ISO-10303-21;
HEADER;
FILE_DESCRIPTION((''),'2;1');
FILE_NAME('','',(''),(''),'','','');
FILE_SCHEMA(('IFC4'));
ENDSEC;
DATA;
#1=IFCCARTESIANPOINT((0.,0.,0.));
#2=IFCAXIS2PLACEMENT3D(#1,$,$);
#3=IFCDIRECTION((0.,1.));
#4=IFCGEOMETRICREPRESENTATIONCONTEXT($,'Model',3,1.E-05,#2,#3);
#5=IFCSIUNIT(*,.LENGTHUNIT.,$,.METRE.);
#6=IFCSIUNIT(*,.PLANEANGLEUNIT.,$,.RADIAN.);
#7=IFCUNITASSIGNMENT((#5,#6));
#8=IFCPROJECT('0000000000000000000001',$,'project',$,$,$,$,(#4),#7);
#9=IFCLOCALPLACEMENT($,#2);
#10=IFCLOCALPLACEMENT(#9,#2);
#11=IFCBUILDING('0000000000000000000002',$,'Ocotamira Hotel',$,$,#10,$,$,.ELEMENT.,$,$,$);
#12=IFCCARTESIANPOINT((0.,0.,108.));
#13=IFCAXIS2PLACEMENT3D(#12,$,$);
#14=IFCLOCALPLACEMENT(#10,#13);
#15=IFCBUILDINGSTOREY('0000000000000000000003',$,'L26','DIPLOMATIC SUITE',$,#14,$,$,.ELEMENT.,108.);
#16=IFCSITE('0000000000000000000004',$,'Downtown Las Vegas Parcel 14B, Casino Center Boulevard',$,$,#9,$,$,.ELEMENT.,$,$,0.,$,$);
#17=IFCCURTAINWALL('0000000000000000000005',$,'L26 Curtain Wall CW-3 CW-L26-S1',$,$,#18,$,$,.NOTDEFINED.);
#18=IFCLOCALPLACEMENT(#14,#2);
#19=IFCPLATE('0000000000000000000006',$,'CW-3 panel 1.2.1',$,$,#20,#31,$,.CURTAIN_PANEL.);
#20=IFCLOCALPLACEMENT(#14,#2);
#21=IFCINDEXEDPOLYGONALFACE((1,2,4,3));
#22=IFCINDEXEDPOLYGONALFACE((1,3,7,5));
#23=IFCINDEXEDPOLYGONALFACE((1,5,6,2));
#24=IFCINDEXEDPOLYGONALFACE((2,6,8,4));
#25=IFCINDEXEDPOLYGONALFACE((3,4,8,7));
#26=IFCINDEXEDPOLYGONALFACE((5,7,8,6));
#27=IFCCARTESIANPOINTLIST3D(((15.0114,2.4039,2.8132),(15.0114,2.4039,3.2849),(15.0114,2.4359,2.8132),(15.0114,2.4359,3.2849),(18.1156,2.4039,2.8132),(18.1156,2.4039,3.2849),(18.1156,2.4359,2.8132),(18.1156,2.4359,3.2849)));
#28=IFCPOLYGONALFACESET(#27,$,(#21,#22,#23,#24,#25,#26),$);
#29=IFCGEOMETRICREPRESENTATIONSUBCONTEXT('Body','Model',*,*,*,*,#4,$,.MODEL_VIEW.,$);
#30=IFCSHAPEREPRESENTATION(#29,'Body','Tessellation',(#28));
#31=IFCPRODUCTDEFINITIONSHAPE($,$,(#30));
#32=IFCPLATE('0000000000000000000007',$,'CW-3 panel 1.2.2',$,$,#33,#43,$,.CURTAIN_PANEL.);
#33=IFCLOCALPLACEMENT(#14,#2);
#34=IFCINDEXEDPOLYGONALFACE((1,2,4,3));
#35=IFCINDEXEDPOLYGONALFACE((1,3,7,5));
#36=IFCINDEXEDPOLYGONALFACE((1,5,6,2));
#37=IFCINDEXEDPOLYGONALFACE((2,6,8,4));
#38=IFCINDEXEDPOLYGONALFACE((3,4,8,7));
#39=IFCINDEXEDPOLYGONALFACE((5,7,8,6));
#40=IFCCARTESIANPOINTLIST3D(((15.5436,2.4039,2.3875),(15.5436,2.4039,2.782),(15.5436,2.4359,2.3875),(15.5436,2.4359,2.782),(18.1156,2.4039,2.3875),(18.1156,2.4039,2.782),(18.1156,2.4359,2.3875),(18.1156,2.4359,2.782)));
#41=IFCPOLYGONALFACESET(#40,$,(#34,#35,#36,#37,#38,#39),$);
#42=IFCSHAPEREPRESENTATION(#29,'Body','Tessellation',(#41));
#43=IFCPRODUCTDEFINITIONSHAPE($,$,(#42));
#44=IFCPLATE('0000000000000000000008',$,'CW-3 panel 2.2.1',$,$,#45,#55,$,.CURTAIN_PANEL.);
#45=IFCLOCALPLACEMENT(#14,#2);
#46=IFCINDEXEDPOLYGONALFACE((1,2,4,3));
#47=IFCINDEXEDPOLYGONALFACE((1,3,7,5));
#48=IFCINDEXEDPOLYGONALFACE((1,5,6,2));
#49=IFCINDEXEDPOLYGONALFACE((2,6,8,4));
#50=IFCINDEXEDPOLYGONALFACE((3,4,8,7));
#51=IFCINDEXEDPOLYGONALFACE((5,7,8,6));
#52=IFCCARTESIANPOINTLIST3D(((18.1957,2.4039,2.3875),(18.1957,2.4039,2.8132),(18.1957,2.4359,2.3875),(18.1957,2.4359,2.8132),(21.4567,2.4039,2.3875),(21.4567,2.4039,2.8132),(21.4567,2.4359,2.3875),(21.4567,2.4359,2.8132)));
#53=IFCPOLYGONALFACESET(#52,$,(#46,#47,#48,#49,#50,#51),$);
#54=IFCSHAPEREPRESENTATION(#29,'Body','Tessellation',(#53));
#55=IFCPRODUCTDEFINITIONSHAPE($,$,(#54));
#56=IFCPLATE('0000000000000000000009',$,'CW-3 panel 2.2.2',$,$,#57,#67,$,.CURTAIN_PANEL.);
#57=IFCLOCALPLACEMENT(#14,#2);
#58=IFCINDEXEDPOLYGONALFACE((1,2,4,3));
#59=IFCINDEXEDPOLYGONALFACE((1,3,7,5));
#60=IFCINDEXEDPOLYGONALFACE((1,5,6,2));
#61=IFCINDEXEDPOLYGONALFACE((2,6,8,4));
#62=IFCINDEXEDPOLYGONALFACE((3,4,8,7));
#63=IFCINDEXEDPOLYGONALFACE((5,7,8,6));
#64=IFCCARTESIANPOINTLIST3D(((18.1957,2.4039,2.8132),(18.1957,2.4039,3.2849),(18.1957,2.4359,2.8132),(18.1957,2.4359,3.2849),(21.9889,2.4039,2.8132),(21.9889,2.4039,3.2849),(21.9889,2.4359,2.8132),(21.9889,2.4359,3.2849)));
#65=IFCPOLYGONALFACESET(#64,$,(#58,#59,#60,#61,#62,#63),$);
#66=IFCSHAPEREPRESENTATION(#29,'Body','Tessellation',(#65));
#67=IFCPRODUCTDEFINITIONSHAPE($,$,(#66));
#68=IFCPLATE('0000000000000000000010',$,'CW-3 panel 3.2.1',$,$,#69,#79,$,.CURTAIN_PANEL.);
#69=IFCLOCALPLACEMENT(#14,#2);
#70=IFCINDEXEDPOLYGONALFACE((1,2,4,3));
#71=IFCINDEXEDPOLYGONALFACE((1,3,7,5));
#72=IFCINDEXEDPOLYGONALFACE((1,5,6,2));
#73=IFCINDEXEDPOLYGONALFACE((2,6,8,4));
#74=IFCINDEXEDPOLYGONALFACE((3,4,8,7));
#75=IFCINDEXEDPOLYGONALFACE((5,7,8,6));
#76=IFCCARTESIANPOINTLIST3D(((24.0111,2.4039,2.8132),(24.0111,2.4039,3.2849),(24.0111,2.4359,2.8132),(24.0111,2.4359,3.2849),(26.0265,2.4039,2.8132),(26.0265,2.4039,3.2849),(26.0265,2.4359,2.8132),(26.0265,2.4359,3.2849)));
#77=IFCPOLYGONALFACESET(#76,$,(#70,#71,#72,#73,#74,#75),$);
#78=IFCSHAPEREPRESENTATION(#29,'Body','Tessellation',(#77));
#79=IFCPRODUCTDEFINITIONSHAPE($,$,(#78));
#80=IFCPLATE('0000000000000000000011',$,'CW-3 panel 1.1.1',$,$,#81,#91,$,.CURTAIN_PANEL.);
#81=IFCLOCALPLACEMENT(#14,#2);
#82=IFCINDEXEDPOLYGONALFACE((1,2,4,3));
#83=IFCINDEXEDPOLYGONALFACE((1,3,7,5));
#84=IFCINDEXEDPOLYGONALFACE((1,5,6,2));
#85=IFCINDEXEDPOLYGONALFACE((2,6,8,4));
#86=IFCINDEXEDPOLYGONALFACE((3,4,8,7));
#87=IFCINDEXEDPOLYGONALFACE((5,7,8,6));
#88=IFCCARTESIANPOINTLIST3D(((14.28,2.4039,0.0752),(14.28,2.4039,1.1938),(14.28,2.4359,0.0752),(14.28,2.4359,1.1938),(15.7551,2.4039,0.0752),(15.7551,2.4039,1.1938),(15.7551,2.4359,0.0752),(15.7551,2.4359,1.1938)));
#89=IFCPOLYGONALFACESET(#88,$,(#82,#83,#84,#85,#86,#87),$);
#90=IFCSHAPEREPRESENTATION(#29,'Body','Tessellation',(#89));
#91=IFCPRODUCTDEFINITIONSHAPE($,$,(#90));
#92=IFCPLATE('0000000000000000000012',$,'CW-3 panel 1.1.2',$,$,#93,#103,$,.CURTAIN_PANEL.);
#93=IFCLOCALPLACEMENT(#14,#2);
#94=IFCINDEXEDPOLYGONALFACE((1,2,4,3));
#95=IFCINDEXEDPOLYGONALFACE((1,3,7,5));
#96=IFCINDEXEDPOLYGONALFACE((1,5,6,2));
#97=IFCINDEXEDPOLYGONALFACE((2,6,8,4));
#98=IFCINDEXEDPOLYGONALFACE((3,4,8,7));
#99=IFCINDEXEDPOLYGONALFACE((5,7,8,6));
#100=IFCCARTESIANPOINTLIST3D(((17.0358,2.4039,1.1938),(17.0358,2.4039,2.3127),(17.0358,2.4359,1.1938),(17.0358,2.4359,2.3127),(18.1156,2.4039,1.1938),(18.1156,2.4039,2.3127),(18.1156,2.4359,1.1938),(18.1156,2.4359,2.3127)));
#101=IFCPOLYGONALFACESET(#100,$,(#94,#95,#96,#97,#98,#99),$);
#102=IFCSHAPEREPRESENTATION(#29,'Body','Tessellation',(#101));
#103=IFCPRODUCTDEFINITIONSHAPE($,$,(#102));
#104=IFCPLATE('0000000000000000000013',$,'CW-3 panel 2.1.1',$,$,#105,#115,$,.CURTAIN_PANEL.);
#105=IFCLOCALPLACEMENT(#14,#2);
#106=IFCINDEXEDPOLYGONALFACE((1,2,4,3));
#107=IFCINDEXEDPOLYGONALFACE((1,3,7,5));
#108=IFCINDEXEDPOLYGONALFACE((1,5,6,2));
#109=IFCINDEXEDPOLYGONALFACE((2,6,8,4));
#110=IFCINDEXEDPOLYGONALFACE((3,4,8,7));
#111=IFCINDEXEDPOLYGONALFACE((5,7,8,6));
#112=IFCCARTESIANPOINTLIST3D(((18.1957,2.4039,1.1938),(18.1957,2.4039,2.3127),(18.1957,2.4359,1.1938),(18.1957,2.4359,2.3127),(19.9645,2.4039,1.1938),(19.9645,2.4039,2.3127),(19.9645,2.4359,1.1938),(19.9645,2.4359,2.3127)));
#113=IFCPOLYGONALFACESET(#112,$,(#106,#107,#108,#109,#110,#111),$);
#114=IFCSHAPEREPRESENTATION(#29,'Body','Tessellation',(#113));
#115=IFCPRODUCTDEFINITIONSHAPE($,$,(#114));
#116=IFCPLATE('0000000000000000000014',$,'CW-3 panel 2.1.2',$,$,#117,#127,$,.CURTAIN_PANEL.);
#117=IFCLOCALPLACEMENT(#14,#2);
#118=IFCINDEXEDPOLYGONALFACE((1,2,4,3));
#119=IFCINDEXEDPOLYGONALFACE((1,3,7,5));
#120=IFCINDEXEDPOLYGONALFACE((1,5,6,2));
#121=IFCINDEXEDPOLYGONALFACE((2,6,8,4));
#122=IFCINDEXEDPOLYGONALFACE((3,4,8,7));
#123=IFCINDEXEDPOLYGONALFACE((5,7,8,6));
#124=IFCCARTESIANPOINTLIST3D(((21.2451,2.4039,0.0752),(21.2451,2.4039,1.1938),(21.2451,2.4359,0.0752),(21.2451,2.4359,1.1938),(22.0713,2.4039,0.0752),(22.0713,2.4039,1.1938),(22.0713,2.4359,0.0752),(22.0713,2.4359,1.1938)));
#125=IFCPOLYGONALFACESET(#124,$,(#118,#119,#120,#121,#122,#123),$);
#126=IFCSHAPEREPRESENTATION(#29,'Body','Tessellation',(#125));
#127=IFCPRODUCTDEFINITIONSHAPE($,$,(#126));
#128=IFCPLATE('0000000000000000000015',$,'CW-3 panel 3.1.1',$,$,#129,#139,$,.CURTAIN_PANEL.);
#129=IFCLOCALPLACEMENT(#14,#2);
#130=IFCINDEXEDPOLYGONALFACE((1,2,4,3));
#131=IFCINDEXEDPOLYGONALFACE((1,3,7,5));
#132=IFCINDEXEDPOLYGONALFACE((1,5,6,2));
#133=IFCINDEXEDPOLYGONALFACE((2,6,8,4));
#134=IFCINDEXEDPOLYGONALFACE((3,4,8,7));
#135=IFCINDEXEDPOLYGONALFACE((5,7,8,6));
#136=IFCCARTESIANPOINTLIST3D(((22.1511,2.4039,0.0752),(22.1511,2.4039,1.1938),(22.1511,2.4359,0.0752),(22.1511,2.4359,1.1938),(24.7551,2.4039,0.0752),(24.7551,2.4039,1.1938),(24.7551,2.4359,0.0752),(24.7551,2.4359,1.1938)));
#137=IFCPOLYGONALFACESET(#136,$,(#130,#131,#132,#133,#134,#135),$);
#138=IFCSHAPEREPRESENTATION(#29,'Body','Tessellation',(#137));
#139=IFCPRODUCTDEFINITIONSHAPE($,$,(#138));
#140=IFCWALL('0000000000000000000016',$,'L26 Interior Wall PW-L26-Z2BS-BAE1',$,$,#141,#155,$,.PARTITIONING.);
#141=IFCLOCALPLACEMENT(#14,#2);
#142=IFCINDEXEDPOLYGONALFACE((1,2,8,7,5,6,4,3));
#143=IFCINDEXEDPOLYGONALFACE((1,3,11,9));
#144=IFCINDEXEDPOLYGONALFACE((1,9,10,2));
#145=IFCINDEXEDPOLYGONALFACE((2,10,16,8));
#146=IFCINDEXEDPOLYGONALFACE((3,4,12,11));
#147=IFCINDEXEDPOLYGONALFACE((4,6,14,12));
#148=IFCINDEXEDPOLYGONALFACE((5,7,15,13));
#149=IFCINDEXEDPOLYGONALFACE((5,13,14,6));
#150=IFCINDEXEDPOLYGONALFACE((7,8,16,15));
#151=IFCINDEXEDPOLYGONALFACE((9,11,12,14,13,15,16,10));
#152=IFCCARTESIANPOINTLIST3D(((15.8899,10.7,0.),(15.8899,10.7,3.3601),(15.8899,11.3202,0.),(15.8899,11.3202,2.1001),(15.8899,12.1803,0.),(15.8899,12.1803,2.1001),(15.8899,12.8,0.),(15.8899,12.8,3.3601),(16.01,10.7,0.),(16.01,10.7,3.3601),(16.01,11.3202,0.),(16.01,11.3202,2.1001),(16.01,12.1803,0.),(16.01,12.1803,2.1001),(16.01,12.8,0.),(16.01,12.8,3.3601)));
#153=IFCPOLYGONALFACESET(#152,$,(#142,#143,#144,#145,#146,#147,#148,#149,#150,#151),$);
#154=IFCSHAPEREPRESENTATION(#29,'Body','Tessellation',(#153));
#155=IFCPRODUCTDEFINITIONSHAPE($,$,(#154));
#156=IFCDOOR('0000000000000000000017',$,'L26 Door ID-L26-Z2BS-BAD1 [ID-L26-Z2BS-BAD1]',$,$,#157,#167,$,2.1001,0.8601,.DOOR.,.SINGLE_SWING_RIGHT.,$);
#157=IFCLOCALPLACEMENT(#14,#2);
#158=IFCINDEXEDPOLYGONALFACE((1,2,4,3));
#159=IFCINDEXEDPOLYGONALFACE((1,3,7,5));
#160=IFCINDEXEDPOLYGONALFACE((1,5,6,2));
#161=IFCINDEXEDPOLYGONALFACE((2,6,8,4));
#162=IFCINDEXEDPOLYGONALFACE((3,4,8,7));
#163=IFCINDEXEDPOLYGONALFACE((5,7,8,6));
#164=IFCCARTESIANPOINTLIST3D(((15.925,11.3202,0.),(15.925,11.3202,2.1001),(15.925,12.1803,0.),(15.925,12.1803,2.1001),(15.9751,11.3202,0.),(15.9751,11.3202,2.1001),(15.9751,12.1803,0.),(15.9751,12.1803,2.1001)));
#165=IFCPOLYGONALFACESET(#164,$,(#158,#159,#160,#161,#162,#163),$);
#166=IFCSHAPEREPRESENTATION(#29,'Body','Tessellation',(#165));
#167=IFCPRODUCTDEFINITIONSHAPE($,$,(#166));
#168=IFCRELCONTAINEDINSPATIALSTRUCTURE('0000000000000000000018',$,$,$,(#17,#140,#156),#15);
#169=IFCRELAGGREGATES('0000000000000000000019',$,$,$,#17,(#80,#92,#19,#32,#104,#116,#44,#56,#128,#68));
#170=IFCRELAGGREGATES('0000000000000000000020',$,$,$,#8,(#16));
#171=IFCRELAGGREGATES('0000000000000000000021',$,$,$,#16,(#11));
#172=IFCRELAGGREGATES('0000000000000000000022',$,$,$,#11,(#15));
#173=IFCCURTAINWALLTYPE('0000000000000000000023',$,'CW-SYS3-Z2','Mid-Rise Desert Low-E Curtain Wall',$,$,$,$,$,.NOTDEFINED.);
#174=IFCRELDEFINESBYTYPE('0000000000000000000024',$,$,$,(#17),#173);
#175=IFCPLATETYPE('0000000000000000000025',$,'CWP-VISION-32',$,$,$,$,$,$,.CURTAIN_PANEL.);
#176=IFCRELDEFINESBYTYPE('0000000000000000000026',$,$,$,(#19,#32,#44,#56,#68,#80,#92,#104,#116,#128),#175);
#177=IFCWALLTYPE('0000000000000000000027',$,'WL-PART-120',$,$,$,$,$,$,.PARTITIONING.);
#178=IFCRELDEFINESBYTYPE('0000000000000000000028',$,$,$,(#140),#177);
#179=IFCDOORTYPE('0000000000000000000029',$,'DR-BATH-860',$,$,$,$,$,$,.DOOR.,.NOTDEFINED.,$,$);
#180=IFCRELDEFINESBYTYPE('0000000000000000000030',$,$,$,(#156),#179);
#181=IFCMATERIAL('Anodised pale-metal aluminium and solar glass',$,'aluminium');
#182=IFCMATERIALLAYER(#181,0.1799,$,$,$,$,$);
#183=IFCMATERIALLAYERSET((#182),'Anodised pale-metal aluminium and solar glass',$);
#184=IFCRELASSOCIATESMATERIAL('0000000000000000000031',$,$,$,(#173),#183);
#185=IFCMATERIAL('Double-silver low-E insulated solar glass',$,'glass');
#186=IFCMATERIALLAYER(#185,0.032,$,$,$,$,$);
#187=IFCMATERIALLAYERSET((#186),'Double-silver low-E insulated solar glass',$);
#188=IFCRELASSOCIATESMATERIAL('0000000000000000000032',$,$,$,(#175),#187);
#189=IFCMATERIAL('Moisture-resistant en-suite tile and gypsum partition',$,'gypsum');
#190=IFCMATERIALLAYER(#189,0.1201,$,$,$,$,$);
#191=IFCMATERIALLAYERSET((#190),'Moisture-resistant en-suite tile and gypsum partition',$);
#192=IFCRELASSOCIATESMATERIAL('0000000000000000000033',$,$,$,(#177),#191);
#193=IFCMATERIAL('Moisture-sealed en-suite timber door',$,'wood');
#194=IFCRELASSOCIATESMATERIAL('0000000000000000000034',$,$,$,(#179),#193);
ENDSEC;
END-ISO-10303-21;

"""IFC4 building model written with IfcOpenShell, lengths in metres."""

from ifc_helpers import new_model, si_unit, direction, frame, frame_2d, origin, origin_2d, place, context, subcontext, project, spatial, rectangle, extrude, source, transform, mapped, material, layer, layer_set, type_object, element, fill, aggregate, save


model = new_model("IFC4")

# Units and contexts
model_context = context("Model", 3, precision=1e-05, world=origin(), true_north=direction((0.0, 1.0)))
body_context = subcontext(model_context, "Body", "Model", "MODEL_VIEW")
ifc_project = project(units=[si_unit("LENGTHUNIT", "METRE"), si_unit("PLANEANGLEUNIT", "RADIAN")], contexts=[model_context])

# Site, building, storey
site_placement = place(None, origin())
site = spatial("IfcSite", under=ifc_project, at=site_placement, Name="Downtown Las Vegas Parcel 14B, Casino Center Boulevard", CompositionType="ELEMENT", RefElevation=0.0)
building_placement = place(site_placement, origin())
building = spatial("IfcBuilding", under=site, at=building_placement, Name="Ocotamira Hotel", CompositionType="ELEMENT")
storey_placement = place(building_placement, frame((0.0, 0.0, 108.0)))
storey = spatial("IfcBuildingStorey", under=building, at=storey_placement, Name="L26", Description="DIPLOMATIC SUITE", CompositionType="ELEMENT", Elevation=108.0)

# Curtain wall
ifc_material_1 = material(Name="Anodised pale-metal aluminium and solar glass", Category="aluminium")
ifc_layer_1 = layer(ifc_material_1, 0.1799)
ifc_layer_set_1 = layer_set([ifc_layer_1], Name="Anodised pale-metal aluminium and solar glass")
curtain_wall_type = type_object("IfcCurtainWallType", Name="CW-SYS3-Z2", Description="Mid-Rise Desert Low-E Curtain Wall", PredefinedType="NOTDEFINED", material=ifc_layer_set_1)
curtain_wall_placement = place(storey_placement, origin())
curtain_wall = element("IfcCurtainWall", 1, at=curtain_wall_placement, inside=storey, type_object=curtain_wall_type, Name="L26 Curtain Wall CW-3 CW-L26-S1", PredefinedType="NOTDEFINED")

# Plates
ifc_material_2 = material(Name="Double-silver low-E insulated solar glass", Category="glass")
ifc_layer_2 = layer(ifc_material_2, 0.032)
ifc_layer_set_2 = layer_set([ifc_layer_2], Name="Double-silver low-E insulated solar glass")
plate_type_1 = type_object("IfcPlateType", Name="CWP-VISION-32", PredefinedType="CURTAIN_PANEL", material=ifc_layer_set_2)
shared_shape_1 = source(origin(), body_context, "Body", "SweptSolid", [
    extrude(rectangle(XDim=3.1042, YDim=0.032, at=origin_2d()), origin(), (0.0, 0.0, 1.0), 0.4717),
])
plate_1_placement = place(storey_placement, frame((16.5635, 2.4199, 2.8132), z_axis=(0.0, 0.0, 1.0), x_axis=(1.0, 0.0, 0.0)))
plate_1 = element("IfcPlate", 2, at=plate_1_placement, type_object=plate_type_1, Name="CW-3 panel 1.2.1", PredefinedType="CURTAIN_PANEL", context=body_context, shape_type="MappedRepresentation", body=[
    mapped(shared_shape_1, transform((0.0, 0.0, 0.0), scale=1.0)),
])
shared_shape_2 = source(origin(), body_context, "Body", "SweptSolid", [
    extrude(rectangle(XDim=2.572, YDim=0.032, at=origin_2d()), origin(), (0.0, 0.0, 1.0), 0.3945),
])
plate_2_placement = place(storey_placement, frame((16.8296, 2.4199, 2.3875), z_axis=(0.0, 0.0, 1.0), x_axis=(1.0, 0.0, 0.0)))
plate_2 = element("IfcPlate", 3, at=plate_2_placement, type_object=plate_type_1, Name="CW-3 panel 1.2.2", PredefinedType="CURTAIN_PANEL", context=body_context, shape_type="MappedRepresentation", body=[
    mapped(shared_shape_2, transform((0.0, 0.0, 0.0), scale=1.0)),
])
shared_shape_3 = source(origin(), body_context, "Body", "SweptSolid", [
    extrude(rectangle(XDim=3.261, YDim=0.032, at=origin_2d()), origin(), (0.0, 0.0, 1.0), 0.4258),
])
plate_3_placement = place(storey_placement, frame((19.8262, 2.4199, 2.3875), z_axis=(0.0, 0.0, 1.0), x_axis=(1.0, 0.0, 0.0)))
plate_3 = element("IfcPlate", 4, at=plate_3_placement, type_object=plate_type_1, Name="CW-3 panel 2.2.1", PredefinedType="CURTAIN_PANEL", context=body_context, shape_type="MappedRepresentation", body=[
    mapped(shared_shape_3, transform((0.0, 0.0, 0.0), scale=1.0)),
])
shared_shape_4 = source(origin(), body_context, "Body", "SweptSolid", [
    extrude(rectangle(XDim=3.7932, YDim=0.032, at=origin_2d()), origin(), (0.0, 0.0, 1.0), 0.4717),
])
plate_4_placement = place(storey_placement, frame((20.0923, 2.4199, 2.8132), z_axis=(0.0, 0.0, 1.0), x_axis=(1.0, 0.0, 0.0)))
plate_4 = element("IfcPlate", 5, at=plate_4_placement, type_object=plate_type_1, Name="CW-3 panel 2.2.2", PredefinedType="CURTAIN_PANEL", context=body_context, shape_type="MappedRepresentation", body=[
    mapped(shared_shape_4, transform((0.0, 0.0, 0.0), scale=1.0)),
])
shared_shape_5 = source(origin(), body_context, "Body", "SweptSolid", [
    extrude(rectangle(XDim=2.0154, YDim=0.032, at=origin_2d()), origin(), (0.0, 0.0, 1.0), 0.4717),
])
plate_5_placement = place(storey_placement, frame((25.0188, 2.4199, 2.8132), z_axis=(0.0, 0.0, 1.0), x_axis=(1.0, 0.0, 0.0)))
plate_5 = element("IfcPlate", 6, at=plate_5_placement, type_object=plate_type_1, Name="CW-3 panel 3.2.1", PredefinedType="CURTAIN_PANEL", context=body_context, shape_type="MappedRepresentation", body=[
    mapped(shared_shape_5, transform((0.0, 0.0, 0.0), scale=1.0)),
])
shared_shape_6 = source(origin(), body_context, "Body", "SweptSolid", [
    extrude(rectangle(XDim=1.4751, YDim=0.032, at=origin_2d()), origin(), (0.0, 0.0, 1.0), 1.1187),
])
plate_6_placement = place(storey_placement, frame((15.0176, 2.4199, 0.0752), z_axis=(0.0, 0.0, 1.0), x_axis=(1.0, 0.0, 0.0)))
plate_6 = element("IfcPlate", 7, at=plate_6_placement, type_object=plate_type_1, Name="CW-3 panel 1.1.1", PredefinedType="CURTAIN_PANEL", context=body_context, shape_type="MappedRepresentation", body=[
    mapped(shared_shape_6, transform((0.0, 0.0, 0.0), scale=1.0)),
])
shared_shape_7 = source(origin(), body_context, "Body", "SweptSolid", [
    extrude(rectangle(XDim=1.0798, YDim=0.032, at=origin_2d()), origin(), (0.0, 0.0, 1.0), 1.1189),
])
plate_7_placement = place(storey_placement, frame((17.5757, 2.4199, 1.1938), z_axis=(0.0, 0.0, 1.0), x_axis=(1.0, 0.0, 0.0)))
plate_7 = element("IfcPlate", 8, at=plate_7_placement, type_object=plate_type_1, Name="CW-3 panel 1.1.2", PredefinedType="CURTAIN_PANEL", context=body_context, shape_type="MappedRepresentation", body=[
    mapped(shared_shape_7, transform((0.0, 0.0, 0.0), scale=1.0)),
])
shared_shape_8 = source(origin(), body_context, "Body", "SweptSolid", [
    extrude(rectangle(XDim=1.7688, YDim=0.032, at=origin_2d()), origin(), (0.0, 0.0, 1.0), 1.1189),
])
plate_8_placement = place(storey_placement, frame((19.0801, 2.4199, 1.1938), z_axis=(0.0, 0.0, 1.0), x_axis=(1.0, 0.0, 0.0)))
plate_8 = element("IfcPlate", 9, at=plate_8_placement, type_object=plate_type_1, Name="CW-3 panel 2.1.1", PredefinedType="CURTAIN_PANEL", context=body_context, shape_type="MappedRepresentation", body=[
    mapped(shared_shape_8, transform((0.0, 0.0, 0.0), scale=1.0)),
])
shared_shape_9 = source(origin(), body_context, "Body", "SweptSolid", [
    extrude(rectangle(XDim=0.8262, YDim=0.032, at=origin_2d()), origin(), (0.0, 0.0, 1.0), 1.1187),
])
plate_9_placement = place(storey_placement, frame((21.6582, 2.4199, 0.0752), z_axis=(0.0, 0.0, 1.0), x_axis=(1.0, 0.0, 0.0)))
plate_9 = element("IfcPlate", 10, at=plate_9_placement, type_object=plate_type_1, Name="CW-3 panel 2.1.2", PredefinedType="CURTAIN_PANEL", context=body_context, shape_type="MappedRepresentation", body=[
    mapped(shared_shape_9, transform((0.0, 0.0, 0.0), scale=1.0)),
])
shared_shape_10 = source(origin(), body_context, "Body", "SweptSolid", [
    extrude(rectangle(XDim=2.604, YDim=0.032, at=origin_2d()), origin(), (0.0, 0.0, 1.0), 1.1187),
])
plate_10_placement = place(storey_placement, frame((23.4531, 2.4199, 0.0752), z_axis=(0.0, 0.0, 1.0), x_axis=(1.0, 0.0, 0.0)))
plate_10 = element("IfcPlate", 11, at=plate_10_placement, type_object=plate_type_1, Name="CW-3 panel 3.1.1", PredefinedType="CURTAIN_PANEL", context=body_context, shape_type="MappedRepresentation", body=[
    mapped(shared_shape_10, transform((0.0, 0.0, 0.0), scale=1.0)),
])
aggregate(curtain_wall, [plate_6, plate_7, plate_1, plate_2, plate_8, plate_9, plate_3, plate_4, plate_10, plate_5])

# Wall, opening, door
ifc_material_3 = material(Name="Moisture-resistant en-suite tile and gypsum partition", Category="gypsum")
ifc_layer_3 = layer(ifc_material_3, 0.1201)
ifc_layer_set_3 = layer_set([ifc_layer_3], Name="Moisture-resistant en-suite tile and gypsum partition")
wall_type_1 = type_object("IfcWallType", Name="WL-PART-120", PredefinedType="PARTITIONING", material=ifc_layer_set_3)
wall_1_placement = place(storey_placement, frame((15.95, 10.7, 0.0), z_axis=(0.0, 0.0, 1.0), x_axis=(0.0, 1.0, 0.0)))
wall_1 = element("IfcWall", 12, at=wall_1_placement, inside=storey, type_object=wall_type_1, Name="L26 Interior Wall PW-L26-Z2BS-BAE1", PredefinedType="PARTITIONING", context=body_context, shape_type="SweptSolid", body=[
    extrude(rectangle(XDim=2.1001, YDim=0.1201, at=frame_2d((1.05, 0.0))), origin(), (0.0, 0.0, 1.0), 3.3601),
])
opening_1_placement = place(wall_1_placement, frame((0.6201, 0.0, 0.0)))
opening_1 = element("IfcOpeningElement", 13, at=opening_1_placement, cuts=wall_1, PredefinedType="OPENING", context=body_context, shape_type="SweptSolid", body=[
    extrude(rectangle(XDim=0.8601, YDim=2.1001, at=frame_2d((0.4302, 1.05))), frame((0.0, 0.0701, 0.0), z_axis=(0.0, -1.0, 0.0), x_axis=(1.0, 0.0, 0.0)), (0.0, 0.0, 1.0), 0.1401),
])
ifc_material_4 = material(Name="Moisture-sealed en-suite timber door", Category="wood")
door_type = type_object("IfcDoorType", Name="DR-BATH-860", OperationType="NOTDEFINED", PredefinedType="DOOR", material=ifc_material_4)
shared_shape_11 = source(origin(), body_context, "Body", "SweptSolid", [
    extrude(rectangle(XDim=0.8601, YDim=2.1001, at=frame_2d((0.4302, 1.05))), frame((0.0, 0.0249, 0.0), z_axis=(0.0, -1.0, 0.0), x_axis=(1.0, 0.0, 0.0)), (0.0, 0.0, 1.0), 0.05),
])
door_1_placement = place(opening_1_placement, origin())
door_1 = element("IfcDoor", 14, at=door_1_placement, inside=storey, type_object=door_type, Name="L26 Door ID-L26-Z2BS-BAD1 [ID-L26-Z2BS-BAD1]", OperationType="SINGLE_SWING_RIGHT", OverallHeight=2.1001, OverallWidth=0.8601, PredefinedType="DOOR", context=body_context, shape_type="MappedRepresentation", body=[
    mapped(shared_shape_11, transform((0.0, 0.0, 0.0), scale=1.0)),
])
fill(opening_1, door_1)

save(model, "model.ifc")
